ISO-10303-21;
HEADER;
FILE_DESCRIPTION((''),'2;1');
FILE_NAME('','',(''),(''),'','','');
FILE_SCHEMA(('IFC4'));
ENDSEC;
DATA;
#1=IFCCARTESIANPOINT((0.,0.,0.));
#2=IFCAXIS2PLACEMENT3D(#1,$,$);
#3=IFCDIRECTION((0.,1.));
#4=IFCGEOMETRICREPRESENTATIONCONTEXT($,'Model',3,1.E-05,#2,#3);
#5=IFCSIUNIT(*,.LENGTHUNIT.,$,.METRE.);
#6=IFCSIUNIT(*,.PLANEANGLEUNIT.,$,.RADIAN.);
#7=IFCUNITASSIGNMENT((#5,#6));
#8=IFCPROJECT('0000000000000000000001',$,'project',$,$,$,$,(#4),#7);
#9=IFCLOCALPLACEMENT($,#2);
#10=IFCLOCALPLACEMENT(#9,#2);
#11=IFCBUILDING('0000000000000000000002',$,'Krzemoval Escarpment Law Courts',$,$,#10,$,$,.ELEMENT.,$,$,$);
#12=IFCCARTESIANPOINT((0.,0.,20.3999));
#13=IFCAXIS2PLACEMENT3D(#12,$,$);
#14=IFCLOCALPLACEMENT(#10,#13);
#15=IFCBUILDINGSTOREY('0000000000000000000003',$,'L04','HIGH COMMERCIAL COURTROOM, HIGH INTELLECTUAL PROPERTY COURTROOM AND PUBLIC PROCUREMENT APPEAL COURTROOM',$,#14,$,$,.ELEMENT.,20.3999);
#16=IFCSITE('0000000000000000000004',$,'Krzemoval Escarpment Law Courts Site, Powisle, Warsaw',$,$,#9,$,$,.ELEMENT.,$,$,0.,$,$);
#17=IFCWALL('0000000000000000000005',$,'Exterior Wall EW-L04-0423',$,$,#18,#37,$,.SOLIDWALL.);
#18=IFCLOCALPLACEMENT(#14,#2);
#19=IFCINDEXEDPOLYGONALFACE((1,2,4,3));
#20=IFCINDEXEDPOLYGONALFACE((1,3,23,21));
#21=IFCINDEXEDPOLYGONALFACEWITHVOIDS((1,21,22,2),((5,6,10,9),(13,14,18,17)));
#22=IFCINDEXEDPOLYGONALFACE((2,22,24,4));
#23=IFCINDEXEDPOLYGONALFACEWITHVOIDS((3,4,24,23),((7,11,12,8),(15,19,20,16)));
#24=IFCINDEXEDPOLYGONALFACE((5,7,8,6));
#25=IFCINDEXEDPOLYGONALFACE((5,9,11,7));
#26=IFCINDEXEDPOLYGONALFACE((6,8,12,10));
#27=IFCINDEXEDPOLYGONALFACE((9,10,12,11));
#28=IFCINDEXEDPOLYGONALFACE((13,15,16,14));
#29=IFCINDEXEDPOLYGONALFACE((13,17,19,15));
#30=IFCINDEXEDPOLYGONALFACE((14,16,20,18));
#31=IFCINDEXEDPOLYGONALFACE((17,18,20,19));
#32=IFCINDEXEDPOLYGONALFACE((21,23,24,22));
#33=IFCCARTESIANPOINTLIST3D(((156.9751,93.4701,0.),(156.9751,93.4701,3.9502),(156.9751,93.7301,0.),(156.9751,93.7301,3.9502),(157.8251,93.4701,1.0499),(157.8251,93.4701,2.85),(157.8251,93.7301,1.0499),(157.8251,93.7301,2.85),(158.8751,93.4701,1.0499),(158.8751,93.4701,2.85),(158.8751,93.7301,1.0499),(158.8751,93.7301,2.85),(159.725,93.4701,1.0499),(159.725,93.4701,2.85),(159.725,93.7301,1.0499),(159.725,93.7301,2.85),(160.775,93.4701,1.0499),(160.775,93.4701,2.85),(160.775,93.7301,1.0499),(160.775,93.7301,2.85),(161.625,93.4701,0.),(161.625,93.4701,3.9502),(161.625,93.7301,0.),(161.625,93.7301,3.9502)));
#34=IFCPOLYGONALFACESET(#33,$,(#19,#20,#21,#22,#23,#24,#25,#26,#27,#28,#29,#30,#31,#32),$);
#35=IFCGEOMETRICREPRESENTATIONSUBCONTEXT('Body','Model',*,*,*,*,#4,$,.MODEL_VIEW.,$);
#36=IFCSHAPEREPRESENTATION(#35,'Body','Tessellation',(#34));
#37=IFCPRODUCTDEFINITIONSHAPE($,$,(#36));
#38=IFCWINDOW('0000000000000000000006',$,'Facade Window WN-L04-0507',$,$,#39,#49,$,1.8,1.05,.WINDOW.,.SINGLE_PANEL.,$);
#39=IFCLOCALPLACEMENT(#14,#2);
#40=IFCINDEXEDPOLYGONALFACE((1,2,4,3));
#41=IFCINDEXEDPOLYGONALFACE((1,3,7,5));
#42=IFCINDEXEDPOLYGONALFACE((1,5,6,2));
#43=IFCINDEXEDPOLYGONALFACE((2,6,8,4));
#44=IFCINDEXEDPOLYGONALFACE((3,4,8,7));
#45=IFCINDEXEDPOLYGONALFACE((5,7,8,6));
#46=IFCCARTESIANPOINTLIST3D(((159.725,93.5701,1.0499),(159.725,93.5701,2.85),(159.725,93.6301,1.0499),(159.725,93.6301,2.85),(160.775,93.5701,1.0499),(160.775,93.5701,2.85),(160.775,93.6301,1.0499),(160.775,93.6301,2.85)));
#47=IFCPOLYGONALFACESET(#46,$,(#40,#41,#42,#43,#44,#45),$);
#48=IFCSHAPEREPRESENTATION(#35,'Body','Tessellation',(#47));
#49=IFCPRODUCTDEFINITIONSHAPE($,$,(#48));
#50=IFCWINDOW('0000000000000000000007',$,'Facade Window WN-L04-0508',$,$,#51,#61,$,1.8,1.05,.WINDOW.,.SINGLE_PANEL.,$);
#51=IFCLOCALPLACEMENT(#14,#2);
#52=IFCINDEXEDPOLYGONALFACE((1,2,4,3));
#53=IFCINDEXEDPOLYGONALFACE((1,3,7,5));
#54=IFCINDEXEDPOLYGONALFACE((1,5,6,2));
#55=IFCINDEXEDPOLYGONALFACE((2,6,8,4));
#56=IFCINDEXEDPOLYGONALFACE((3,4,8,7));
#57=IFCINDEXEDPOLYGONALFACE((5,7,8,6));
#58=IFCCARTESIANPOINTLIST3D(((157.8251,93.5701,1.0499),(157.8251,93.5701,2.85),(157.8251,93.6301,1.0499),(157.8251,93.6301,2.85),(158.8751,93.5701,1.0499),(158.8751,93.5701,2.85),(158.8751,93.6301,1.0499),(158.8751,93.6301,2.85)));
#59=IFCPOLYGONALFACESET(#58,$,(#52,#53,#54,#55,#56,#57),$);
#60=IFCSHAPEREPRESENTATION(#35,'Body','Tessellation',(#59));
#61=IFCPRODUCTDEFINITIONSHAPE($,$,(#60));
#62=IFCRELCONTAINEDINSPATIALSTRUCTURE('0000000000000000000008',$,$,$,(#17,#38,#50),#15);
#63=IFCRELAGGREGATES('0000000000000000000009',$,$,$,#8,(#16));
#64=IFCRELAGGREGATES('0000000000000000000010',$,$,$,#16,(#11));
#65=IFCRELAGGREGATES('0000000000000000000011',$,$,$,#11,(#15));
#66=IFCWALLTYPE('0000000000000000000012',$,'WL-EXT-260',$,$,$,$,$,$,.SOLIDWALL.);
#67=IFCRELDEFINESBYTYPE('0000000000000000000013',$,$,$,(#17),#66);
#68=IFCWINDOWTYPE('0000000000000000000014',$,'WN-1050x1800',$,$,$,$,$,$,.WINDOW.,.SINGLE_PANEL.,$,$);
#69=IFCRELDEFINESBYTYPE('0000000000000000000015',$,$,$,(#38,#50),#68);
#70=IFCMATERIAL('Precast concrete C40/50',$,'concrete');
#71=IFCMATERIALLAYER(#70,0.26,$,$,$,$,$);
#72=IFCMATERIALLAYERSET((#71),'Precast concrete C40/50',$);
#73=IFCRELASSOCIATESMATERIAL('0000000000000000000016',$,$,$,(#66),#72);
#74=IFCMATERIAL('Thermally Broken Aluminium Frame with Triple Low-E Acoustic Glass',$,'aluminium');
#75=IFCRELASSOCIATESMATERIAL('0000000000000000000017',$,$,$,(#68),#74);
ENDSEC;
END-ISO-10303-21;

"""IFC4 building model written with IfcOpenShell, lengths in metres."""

from ifc_helpers import new_model, si_unit, direction, frame, frame_2d, origin, place, context, subcontext, project, spatial, rectangle, extrude, material, layer, layer_set, type_object, element, fill, save


model = new_model("IFC4")

# Units and contexts
model_context = context("Model", 3, precision=1e-05, world=origin(), true_north=direction((0.0, 1.0)))
body_context = subcontext(model_context, "Body", "Model", "MODEL_VIEW")
ifc_project = project(units=[si_unit("LENGTHUNIT", "METRE"), si_unit("PLANEANGLEUNIT", "RADIAN")], contexts=[model_context])

# Site, building, storey
site_placement = place(None, origin())
site = spatial("IfcSite", under=ifc_project, at=site_placement, Name="Krzemoval Escarpment Law Courts Site, Powisle, Warsaw", CompositionType="ELEMENT", RefElevation=0.0)
building_placement = place(site_placement, origin())
building = spatial("IfcBuilding", under=site, at=building_placement, Name="Krzemoval Escarpment Law Courts", CompositionType="ELEMENT")
storey_placement = place(building_placement, frame((0.0, 0.0, 20.3999)))
storey = spatial("IfcBuildingStorey", under=building, at=storey_placement, Name="L04", Description="HIGH COMMERCIAL COURTROOM, HIGH INTELLECTUAL PROPERTY COURTROOM AND PUBLIC PROCUREMENT APPEAL COURTROOM", CompositionType="ELEMENT", Elevation=20.3999)

# Wall, openings, windows
ifc_material_1 = material(Name="Precast concrete C40/50", Category="concrete")
ifc_layer = layer(ifc_material_1, 0.26)
ifc_layer_set = layer_set([ifc_layer], Name="Precast concrete C40/50")
wall_type = type_object("IfcWallType", Name="WL-EXT-260", PredefinedType="SOLIDWALL", material=ifc_layer_set)
ifc_material_2 = material(Name="Thermally Broken Aluminium Frame with Triple Low-E Acoustic Glass", Category="aluminium")
window_type = type_object("IfcWindowType", Name="WN-1050x1800", PartitioningType="SINGLE_PANEL", PredefinedType="WINDOW", material=ifc_material_2)
wall_1_placement = place(storey_placement, frame((161.625, 93.6001, 0.0), z_axis=(0.0, 0.0, 1.0), x_axis=(-1.0, 0.0, 0.0)))
wall_1 = element("IfcWall", 1, at=wall_1_placement, inside=storey, type_object=wall_type, Name="Exterior Wall EW-L04-0423", PredefinedType="SOLIDWALL", context=body_context, shape_type="SweptSolid", body=[
    extrude(rectangle(XDim=4.6499, YDim=0.26, at=frame_2d((2.325, 0.0))), origin(), (0.0, 0.0, 1.0), 3.9502),
])
opening_1_placement = place(wall_1_placement, frame((0.8501, 0.0, 1.05)))
opening_1 = element("IfcOpeningElement", 2, at=opening_1_placement, cuts=wall_1, PredefinedType="OPENING", context=body_context, shape_type="SweptSolid", body=[
    extrude(rectangle(XDim=1.05, YDim=1.8, at=frame_2d((0.5249, 0.8999))), frame((0.0, 0.145, 0.0), z_axis=(0.0, -1.0, 0.0), x_axis=(1.0, 0.0, 0.0)), (0.0, 0.0, 1.0), 0.29),
])
opening_2_placement = place(wall_1_placement, frame((2.75, 0.0, 1.05)))
opening_2 = element("IfcOpeningElement", 3, at=opening_2_placement, cuts=wall_1, PredefinedType="OPENING", context=body_context, shape_type="SweptSolid", body=[
    extrude(rectangle(XDim=1.05, YDim=1.8, at=frame_2d((0.5249, 0.8999))), frame((0.0, 0.145, 0.0), z_axis=(0.0, -1.0, 0.0), x_axis=(1.0, 0.0, 0.0)), (0.0, 0.0, 1.0), 0.29),
])
window_1_placement = place(opening_1_placement, origin())
window_1 = element("IfcWindow", 4, at=window_1_placement, inside=storey, type_object=window_type, Name="Facade Window WN-L04-0507", OverallHeight=1.8, OverallWidth=1.05, PartitioningType="SINGLE_PANEL", PredefinedType="WINDOW", context=body_context, shape_type="SweptSolid", body=[
    extrude(rectangle(XDim=1.05, YDim=1.8, at=frame_2d((0.5249, 0.8999))), frame((0.0, 0.03, 0.0), z_axis=(0.0, -1.0, 0.0), x_axis=(1.0, 0.0, 0.0)), (0.0, 0.0, 1.0), 0.0601),
])
fill(opening_1, window_1)
window_2_placement = place(opening_2_placement, origin())
window_2 = element("IfcWindow", 5, at=window_2_placement, inside=storey, type_object=window_type, Name="Facade Window WN-L04-0508", OverallHeight=1.8, OverallWidth=1.05, PartitioningType="SINGLE_PANEL", PredefinedType="WINDOW", context=body_context, shape_type="SweptSolid", body=[
    extrude(rectangle(XDim=1.05, YDim=1.8, at=frame_2d((0.5249, 0.8999))), frame((0.0, 0.03, 0.0), z_axis=(0.0, -1.0, 0.0), x_axis=(1.0, 0.0, 0.0)), (0.0, 0.0, 1.0), 0.0601),
])
fill(opening_2, window_2)

save(model, "model.ifc")
